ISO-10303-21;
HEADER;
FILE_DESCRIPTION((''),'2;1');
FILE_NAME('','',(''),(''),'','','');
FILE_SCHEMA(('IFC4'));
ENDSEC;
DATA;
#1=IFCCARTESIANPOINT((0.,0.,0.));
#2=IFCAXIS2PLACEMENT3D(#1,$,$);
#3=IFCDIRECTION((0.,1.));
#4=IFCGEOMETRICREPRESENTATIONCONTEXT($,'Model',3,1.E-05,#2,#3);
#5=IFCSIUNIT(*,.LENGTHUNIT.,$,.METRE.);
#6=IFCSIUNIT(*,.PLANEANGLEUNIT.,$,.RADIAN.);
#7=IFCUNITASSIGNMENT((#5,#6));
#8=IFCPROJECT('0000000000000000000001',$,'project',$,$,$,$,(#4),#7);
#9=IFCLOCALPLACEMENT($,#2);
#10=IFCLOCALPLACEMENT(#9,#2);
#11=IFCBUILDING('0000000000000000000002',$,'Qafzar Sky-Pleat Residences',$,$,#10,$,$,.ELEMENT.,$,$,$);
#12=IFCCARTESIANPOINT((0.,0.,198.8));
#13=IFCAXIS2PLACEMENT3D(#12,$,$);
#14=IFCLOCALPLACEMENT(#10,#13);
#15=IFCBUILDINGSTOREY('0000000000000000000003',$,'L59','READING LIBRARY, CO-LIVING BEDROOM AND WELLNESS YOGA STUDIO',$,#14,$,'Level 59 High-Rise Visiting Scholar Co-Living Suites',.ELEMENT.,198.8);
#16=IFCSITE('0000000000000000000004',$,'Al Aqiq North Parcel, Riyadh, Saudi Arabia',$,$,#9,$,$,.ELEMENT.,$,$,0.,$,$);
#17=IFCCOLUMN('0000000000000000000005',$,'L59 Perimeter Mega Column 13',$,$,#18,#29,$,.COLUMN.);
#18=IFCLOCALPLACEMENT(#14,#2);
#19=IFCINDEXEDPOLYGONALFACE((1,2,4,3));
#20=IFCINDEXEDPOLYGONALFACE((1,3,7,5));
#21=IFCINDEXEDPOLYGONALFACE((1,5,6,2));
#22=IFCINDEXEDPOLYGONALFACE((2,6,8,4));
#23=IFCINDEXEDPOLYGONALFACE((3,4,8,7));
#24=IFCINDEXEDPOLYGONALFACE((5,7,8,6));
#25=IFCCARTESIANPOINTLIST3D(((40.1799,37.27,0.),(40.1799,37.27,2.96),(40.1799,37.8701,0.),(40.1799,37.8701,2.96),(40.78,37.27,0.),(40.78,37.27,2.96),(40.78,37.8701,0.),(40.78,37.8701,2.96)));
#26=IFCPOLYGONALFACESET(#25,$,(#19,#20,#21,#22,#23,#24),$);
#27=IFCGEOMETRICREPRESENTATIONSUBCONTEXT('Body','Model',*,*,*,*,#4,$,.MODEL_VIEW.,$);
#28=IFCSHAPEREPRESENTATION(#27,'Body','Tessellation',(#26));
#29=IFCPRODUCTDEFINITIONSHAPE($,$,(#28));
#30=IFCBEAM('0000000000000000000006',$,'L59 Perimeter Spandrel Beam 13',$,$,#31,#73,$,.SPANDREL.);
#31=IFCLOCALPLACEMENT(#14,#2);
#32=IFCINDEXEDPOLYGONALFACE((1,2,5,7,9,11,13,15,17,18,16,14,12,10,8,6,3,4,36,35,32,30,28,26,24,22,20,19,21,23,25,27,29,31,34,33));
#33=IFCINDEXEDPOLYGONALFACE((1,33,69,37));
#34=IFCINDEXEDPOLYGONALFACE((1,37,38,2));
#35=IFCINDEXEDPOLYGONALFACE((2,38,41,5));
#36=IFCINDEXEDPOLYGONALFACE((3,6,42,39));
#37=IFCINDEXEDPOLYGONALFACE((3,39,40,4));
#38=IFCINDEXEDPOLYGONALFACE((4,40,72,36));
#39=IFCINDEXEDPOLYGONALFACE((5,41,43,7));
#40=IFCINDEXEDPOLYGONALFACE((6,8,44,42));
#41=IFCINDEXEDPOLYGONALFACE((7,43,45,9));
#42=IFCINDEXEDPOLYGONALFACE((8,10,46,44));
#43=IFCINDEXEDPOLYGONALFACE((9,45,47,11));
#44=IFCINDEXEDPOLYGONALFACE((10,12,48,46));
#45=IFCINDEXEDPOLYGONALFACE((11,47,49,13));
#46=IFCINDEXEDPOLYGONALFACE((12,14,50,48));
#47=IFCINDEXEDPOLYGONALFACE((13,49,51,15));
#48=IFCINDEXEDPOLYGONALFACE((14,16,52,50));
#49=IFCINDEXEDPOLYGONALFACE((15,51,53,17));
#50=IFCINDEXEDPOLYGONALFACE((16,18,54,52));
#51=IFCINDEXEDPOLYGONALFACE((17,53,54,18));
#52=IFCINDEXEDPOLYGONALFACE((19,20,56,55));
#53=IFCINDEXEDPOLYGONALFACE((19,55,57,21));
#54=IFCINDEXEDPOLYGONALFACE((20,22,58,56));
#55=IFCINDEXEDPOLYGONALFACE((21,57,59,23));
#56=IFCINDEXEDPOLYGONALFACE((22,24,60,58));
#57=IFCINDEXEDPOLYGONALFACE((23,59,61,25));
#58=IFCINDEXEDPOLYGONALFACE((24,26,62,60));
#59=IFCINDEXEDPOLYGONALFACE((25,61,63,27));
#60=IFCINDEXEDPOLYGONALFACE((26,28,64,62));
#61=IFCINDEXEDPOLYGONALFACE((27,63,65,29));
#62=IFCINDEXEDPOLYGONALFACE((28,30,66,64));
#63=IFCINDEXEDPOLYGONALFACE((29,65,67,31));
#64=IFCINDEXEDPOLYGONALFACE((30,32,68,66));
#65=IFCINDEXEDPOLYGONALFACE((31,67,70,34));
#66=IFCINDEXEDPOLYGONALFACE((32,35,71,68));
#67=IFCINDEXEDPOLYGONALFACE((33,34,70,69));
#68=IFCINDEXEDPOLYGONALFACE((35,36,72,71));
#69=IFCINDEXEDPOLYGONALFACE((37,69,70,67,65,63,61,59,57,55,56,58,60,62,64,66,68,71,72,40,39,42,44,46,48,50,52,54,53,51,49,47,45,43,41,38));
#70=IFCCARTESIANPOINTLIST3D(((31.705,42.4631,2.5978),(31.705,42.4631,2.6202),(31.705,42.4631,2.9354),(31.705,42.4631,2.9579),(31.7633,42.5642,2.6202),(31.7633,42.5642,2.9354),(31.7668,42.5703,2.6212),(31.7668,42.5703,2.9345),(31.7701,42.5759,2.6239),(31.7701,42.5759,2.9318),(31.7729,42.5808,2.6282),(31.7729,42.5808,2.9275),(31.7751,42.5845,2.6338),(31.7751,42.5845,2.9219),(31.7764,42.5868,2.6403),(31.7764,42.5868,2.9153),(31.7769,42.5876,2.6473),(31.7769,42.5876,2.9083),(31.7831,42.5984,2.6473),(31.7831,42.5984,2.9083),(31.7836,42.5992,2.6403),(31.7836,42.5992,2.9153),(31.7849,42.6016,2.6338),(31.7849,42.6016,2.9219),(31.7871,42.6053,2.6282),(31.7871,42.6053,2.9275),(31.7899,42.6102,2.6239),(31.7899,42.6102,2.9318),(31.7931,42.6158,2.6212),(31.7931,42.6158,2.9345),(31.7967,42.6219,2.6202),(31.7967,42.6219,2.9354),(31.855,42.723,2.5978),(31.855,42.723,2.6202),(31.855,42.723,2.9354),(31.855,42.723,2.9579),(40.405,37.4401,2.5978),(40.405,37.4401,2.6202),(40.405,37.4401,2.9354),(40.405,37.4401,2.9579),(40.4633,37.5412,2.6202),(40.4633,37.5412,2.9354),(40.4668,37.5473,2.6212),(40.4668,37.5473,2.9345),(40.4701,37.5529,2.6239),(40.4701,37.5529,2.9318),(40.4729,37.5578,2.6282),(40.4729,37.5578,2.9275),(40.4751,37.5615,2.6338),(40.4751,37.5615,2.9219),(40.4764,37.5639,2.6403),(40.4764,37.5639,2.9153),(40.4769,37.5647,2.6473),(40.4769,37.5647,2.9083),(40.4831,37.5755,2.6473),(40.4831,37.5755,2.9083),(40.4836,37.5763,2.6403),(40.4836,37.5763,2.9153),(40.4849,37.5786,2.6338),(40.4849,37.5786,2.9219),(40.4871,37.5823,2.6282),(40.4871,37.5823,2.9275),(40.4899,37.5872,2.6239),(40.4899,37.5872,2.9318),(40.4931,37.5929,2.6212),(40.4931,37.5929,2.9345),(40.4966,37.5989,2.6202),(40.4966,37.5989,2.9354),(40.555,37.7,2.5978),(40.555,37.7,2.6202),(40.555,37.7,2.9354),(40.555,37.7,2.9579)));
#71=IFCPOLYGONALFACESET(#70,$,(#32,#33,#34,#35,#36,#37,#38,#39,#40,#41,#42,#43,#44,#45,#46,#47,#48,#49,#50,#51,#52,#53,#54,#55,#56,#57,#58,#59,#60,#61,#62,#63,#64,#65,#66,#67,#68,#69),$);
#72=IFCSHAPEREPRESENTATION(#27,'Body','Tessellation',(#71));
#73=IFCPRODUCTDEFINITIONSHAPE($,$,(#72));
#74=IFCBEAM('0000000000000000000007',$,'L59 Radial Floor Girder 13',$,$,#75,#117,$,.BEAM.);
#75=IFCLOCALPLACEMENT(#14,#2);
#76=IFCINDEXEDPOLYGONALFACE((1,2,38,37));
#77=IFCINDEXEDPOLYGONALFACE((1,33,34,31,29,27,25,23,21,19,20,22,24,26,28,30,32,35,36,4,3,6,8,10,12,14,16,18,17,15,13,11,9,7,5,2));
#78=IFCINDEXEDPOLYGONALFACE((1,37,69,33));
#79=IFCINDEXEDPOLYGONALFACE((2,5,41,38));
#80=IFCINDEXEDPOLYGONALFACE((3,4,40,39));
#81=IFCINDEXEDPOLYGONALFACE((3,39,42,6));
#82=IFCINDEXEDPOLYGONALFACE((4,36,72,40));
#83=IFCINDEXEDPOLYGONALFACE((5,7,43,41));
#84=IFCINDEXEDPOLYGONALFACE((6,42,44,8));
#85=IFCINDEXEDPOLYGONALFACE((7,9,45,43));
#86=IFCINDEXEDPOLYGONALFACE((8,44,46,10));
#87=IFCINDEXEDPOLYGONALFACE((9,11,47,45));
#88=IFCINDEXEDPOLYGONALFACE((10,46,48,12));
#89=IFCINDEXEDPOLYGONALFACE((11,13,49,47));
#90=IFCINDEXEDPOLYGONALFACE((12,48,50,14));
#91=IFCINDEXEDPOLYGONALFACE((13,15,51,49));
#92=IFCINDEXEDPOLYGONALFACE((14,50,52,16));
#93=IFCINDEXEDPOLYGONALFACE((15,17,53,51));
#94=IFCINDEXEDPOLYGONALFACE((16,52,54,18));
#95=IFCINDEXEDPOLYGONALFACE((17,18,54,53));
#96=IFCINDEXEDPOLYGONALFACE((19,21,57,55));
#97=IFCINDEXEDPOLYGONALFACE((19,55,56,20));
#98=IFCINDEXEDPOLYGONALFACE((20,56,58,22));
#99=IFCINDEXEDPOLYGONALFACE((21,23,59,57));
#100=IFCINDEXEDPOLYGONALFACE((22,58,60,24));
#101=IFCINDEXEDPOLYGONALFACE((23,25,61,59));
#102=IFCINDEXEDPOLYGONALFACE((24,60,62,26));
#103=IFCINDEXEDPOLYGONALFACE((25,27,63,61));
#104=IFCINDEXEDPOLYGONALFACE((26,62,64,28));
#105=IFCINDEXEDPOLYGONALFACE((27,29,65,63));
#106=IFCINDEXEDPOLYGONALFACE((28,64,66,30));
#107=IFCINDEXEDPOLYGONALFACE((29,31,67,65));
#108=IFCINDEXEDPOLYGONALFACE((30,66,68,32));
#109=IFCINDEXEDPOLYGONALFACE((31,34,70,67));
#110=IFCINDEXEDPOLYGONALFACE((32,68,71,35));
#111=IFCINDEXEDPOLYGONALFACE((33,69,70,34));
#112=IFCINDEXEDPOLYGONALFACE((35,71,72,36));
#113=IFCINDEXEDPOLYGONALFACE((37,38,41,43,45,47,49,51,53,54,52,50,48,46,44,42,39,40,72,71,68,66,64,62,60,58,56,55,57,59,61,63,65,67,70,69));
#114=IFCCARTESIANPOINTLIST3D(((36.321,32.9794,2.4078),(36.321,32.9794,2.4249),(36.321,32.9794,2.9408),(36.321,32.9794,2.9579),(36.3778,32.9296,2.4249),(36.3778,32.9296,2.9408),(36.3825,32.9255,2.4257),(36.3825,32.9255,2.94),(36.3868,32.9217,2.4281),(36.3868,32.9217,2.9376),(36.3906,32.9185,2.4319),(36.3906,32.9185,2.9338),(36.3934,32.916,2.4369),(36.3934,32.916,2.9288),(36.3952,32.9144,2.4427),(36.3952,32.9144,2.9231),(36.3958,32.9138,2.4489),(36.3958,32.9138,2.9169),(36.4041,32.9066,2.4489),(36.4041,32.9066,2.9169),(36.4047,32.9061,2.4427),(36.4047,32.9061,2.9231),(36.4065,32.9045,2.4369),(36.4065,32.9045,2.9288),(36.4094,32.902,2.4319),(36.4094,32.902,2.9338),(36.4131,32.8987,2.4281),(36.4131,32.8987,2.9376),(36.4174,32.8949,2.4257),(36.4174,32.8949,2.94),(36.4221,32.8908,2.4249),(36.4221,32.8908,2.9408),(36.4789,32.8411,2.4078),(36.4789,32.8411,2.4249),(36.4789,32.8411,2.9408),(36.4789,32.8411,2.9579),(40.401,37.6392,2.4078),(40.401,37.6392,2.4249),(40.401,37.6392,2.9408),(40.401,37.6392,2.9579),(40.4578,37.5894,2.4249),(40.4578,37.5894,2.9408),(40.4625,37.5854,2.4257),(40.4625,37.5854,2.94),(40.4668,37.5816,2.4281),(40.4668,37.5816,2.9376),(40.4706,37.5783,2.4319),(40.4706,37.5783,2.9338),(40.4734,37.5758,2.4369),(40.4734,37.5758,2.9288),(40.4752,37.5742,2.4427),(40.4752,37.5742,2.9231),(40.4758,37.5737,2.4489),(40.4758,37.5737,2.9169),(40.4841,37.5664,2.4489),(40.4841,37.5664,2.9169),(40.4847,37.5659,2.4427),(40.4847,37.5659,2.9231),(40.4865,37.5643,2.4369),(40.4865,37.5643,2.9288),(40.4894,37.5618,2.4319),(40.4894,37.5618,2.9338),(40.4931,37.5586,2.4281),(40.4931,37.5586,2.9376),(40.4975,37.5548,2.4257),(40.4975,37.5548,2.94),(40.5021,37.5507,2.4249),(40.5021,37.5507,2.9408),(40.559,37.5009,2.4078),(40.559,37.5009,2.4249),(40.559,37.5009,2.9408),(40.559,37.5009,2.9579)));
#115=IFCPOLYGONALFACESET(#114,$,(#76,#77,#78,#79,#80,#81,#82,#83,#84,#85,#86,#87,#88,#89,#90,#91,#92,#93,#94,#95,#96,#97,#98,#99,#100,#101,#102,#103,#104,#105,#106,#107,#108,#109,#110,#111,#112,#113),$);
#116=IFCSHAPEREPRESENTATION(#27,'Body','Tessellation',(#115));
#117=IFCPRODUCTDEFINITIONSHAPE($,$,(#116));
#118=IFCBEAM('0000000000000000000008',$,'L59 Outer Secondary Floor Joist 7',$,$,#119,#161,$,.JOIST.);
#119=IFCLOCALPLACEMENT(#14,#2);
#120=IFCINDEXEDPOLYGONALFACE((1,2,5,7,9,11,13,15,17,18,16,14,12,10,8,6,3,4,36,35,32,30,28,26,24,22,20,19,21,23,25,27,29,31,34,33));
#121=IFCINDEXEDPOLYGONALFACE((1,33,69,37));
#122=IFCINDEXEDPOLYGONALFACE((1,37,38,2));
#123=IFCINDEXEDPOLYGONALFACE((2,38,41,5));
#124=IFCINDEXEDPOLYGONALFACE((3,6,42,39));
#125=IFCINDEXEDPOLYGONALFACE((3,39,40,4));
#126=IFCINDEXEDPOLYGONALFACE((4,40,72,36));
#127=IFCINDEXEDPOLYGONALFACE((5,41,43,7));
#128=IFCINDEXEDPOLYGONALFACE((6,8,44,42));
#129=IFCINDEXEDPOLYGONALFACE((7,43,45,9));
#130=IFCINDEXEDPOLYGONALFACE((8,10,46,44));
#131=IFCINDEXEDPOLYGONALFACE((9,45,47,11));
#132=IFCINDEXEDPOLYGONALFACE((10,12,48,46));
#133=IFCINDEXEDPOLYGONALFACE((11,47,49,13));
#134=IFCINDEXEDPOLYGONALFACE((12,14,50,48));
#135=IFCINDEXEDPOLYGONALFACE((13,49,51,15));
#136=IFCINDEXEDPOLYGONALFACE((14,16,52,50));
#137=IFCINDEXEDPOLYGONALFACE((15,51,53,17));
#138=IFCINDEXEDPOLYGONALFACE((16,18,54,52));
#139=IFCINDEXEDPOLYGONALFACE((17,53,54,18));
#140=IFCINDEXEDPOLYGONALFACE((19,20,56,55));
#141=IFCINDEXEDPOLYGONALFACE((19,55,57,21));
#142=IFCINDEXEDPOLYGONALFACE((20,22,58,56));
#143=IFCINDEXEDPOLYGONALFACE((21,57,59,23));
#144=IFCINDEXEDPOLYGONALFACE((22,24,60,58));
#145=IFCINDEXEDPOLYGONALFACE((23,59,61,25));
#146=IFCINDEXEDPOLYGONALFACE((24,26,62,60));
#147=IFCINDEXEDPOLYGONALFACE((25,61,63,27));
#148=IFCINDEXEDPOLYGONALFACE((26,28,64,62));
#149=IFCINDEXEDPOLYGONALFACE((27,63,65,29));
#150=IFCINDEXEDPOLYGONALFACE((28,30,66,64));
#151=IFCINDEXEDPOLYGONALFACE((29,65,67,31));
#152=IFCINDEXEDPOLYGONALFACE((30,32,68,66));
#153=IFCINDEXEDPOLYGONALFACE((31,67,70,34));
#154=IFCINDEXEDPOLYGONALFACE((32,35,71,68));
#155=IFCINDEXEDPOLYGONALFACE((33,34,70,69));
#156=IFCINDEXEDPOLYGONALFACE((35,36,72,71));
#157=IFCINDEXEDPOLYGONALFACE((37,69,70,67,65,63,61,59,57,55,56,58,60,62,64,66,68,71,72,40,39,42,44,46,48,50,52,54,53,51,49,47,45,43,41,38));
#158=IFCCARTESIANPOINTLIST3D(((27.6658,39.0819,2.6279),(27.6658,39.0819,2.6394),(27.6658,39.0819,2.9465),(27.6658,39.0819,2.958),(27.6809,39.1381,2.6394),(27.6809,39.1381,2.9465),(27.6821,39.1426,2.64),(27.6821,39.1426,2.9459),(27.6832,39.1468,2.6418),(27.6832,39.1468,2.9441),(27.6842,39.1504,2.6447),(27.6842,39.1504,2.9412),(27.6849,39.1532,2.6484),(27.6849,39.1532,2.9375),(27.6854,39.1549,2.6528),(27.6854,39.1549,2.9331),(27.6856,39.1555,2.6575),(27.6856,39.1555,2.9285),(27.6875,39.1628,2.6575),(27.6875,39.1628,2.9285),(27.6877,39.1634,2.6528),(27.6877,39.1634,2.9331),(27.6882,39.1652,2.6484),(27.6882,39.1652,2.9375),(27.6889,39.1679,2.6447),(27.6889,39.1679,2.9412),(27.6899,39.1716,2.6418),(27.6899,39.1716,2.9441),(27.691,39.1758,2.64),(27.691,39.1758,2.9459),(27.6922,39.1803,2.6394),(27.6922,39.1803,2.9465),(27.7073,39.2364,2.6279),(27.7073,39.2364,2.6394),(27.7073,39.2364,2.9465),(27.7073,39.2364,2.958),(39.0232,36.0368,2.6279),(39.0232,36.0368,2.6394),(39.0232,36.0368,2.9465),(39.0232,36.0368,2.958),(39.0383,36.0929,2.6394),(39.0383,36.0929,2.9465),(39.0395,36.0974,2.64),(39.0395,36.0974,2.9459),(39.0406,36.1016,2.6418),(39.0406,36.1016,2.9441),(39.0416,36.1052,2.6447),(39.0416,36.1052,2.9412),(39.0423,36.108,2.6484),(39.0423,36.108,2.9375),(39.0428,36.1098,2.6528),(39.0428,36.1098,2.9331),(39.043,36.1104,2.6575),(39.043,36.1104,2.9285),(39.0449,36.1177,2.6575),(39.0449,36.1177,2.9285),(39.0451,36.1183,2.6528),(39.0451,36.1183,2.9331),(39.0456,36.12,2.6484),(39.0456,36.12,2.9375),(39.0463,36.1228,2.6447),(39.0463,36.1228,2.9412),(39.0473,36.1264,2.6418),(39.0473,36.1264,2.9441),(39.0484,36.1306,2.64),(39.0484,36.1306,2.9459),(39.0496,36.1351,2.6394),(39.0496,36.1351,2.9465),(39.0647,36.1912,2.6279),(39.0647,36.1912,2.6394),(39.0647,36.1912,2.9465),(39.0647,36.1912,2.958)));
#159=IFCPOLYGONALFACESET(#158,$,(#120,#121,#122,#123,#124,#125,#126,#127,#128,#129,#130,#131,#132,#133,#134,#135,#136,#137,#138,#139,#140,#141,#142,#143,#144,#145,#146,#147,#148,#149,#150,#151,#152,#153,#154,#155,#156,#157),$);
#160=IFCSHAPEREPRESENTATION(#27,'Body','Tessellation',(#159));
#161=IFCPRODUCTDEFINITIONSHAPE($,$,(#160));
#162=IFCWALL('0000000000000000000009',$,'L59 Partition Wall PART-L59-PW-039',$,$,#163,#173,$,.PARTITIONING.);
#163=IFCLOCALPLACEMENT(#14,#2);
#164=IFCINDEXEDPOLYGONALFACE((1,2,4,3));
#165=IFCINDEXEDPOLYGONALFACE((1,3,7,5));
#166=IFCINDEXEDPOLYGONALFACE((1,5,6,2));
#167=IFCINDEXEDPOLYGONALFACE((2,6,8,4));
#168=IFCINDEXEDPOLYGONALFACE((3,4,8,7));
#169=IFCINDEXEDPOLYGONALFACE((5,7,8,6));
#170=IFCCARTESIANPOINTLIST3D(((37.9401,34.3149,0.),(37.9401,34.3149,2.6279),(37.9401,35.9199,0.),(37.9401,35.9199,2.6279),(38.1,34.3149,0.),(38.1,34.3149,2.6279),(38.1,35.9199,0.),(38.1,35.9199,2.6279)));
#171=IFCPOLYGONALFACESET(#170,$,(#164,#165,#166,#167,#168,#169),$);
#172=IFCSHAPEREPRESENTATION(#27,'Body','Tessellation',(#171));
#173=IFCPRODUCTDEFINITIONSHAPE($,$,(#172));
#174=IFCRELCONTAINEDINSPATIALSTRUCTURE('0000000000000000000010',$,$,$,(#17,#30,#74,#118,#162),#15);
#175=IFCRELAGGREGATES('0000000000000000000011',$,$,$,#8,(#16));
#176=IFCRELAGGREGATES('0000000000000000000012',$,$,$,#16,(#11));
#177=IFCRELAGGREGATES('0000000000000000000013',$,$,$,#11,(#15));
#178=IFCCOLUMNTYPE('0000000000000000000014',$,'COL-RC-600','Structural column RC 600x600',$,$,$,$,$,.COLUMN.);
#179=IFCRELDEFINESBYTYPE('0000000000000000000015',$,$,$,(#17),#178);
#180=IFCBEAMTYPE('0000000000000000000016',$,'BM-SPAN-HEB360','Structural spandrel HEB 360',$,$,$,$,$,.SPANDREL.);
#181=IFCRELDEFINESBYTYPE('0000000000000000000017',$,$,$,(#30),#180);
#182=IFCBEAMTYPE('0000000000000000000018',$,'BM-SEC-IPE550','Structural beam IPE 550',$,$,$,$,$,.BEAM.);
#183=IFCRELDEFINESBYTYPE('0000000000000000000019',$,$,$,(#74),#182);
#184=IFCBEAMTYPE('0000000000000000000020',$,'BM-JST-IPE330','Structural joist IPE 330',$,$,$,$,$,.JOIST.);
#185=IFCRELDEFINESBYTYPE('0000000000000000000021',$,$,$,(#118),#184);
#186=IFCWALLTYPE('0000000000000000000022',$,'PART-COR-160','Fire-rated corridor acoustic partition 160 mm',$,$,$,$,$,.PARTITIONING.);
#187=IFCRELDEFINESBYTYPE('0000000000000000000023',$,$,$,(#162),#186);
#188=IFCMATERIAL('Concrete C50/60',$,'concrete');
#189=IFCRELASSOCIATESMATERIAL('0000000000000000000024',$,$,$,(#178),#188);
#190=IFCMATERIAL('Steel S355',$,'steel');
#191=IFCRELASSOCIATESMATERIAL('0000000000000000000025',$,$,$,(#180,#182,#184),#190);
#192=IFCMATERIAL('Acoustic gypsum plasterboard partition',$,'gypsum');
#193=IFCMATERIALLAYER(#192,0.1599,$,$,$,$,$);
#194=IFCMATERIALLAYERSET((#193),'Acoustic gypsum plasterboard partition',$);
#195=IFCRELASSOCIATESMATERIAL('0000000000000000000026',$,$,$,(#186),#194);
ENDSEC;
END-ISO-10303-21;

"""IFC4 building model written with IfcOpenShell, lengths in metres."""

from ifc_helpers import new_model, si_unit, direction, frame, frame_2d, origin, origin_2d, place, context, subcontext, project, spatial, rectangle, i_section, extrude, source, transform, mapped, material, layer, layer_set, material_profile, profile_set, type_object, element, save


model = new_model("IFC4")

# Units and contexts
model_context = context("Model", 3, precision=1e-05, world=origin(), true_north=direction((0.0, 1.0)))
body_context = subcontext(model_context, "Body", "Model", "MODEL_VIEW")
ifc_project = project(units=[si_unit("LENGTHUNIT", "METRE"), si_unit("PLANEANGLEUNIT", "RADIAN")], contexts=[model_context])

# Site, building, storey
site_placement = place(None, origin())
site = spatial("IfcSite", under=ifc_project, at=site_placement, Name="Al Aqiq North Parcel, Riyadh, Saudi Arabia", CompositionType="ELEMENT", RefElevation=0.0)
building_placement = place(site_placement, origin())
building = spatial("IfcBuilding", under=site, at=building_placement, Name="Qafzar Sky-Pleat Residences", CompositionType="ELEMENT")
storey_placement = place(building_placement, frame((0.0, 0.0, 198.8)))
storey = spatial("IfcBuildingStorey", under=building, at=storey_placement, Name="L59", Description="READING LIBRARY, CO-LIVING BEDROOM AND WELLNESS YOGA STUDIO", LongName="Level 59 High-Rise Visiting Scholar Co-Living Suites", CompositionType="ELEMENT", Elevation=198.8)

# Column
ifc_material_1 = material(Name="Concrete C50/60", Category="concrete")
ifc_material_profile_1 = material_profile(ifc_material_1, rectangle(XDim=0.6001, YDim=0.6001, at=origin_2d()), Name="RC 600x600")
ifc_profile_set_1 = profile_set([ifc_material_profile_1], Name="Concrete C50/60")
column_type = type_object("IfcColumnType", Name="COL-RC-600", Description="Structural column RC 600x600", PredefinedType="COLUMN", material=ifc_profile_set_1)
shared_shape_1 = source(origin(), body_context, "Body", "SweptSolid", [
    extrude(rectangle(XDim=0.6001, YDim=0.6001, at=origin_2d()), origin(), (0.0, 0.0, 1.0), 2.96),
])
column_placement = place(storey_placement, frame((40.48, 37.5701, 0.0), z_axis=(0.0, 0.0, 1.0), x_axis=(1.0, 0.0, 0.0)))
element("IfcColumn", 1, at=column_placement, inside=storey, type_object=column_type, Name="L59 Perimeter Mega Column 13", PredefinedType="COLUMN", context=body_context, shape_type="MappedRepresentation", body=[
    mapped(shared_shape_1, transform((0.0, 0.0, 0.0), x_axis=(1.0, 0.0, 0.0), y_axis=(0.0, 1.0, 0.0), z_axis=(0.0, 0.0, 1.0), scale=1.0)),
])

# Beams
ifc_material_2 = material(Name="Steel S355", Category="steel")
ifc_material_profile_2 = material_profile(ifc_material_2, i_section(OverallWidth=0.3, OverallDepth=0.3601, WebThickness=0.0125, FlangeThickness=0.0225, FilletRadius=0.0271, at=origin_2d()), Name="HEB 360")
ifc_profile_set_2 = profile_set([ifc_material_profile_2], Name="Steel S355")
beam_type_1 = type_object("IfcBeamType", Name="BM-SPAN-HEB360", Description="Structural spandrel HEB 360", PredefinedType="SPANDREL", material=ifc_profile_set_2)
shared_shape_2 = source(origin(), body_context, "Body", "SweptSolid", [
    extrude(i_section(OverallWidth=0.3, OverallDepth=0.3601, WebThickness=0.0125, FlangeThickness=0.0225, FilletRadius=0.0271, at=origin_2d()), origin(), (0.0, 0.0, 1.0), 10.0459),
])
beam_1_placement = place(storey_placement, frame((40.48, 37.5701, 2.7778), z_axis=(-0.866024, 0.500002, 0.0), x_axis=(-0.500002, -0.866024, 0.0)))
element("IfcBeam", 2, at=beam_1_placement, inside=storey, type_object=beam_type_1, Name="L59 Perimeter Spandrel Beam 13", PredefinedType="SPANDREL", context=body_context, shape_type="MappedRepresentation", body=[
    mapped(shared_shape_2, transform((0.0, 0.0, 0.0), x_axis=(1.0, 0.0, 0.0), y_axis=(0.0, 1.0, 0.0), z_axis=(0.0, 0.0, 1.0), scale=1.0)),
])
ifc_material_profile_3 = material_profile(ifc_material_2, i_section(OverallWidth=0.21, OverallDepth=0.55, WebThickness=0.011, FlangeThickness=0.0171, FilletRadius=0.0239, at=origin_2d()), Name="IPE 550")
ifc_profile_set_3 = profile_set([ifc_material_profile_3], Name="Steel S355")
beam_type_2 = type_object("IfcBeamType", Name="BM-SEC-IPE550", Description="Structural beam IPE 550", PredefinedType="BEAM", material=ifc_profile_set_3)
shared_shape_3 = source(origin(), body_context, "Body", "SweptSolid", [
    extrude(i_section(OverallWidth=0.21, OverallDepth=0.55, WebThickness=0.011, FlangeThickness=0.0171, FilletRadius=0.0239, at=origin_2d()), origin(), (0.0, 0.0, 1.0), 6.1936),
])
beam_2_placement = place(storey_placement, frame((40.48, 37.5701, 2.6829), z_axis=(-0.658747, -0.752364, 0.0), x_axis=(0.752364, -0.658747, 0.0)))
element("IfcBeam", 3, at=beam_2_placement, inside=storey, type_object=beam_type_2, Name="L59 Radial Floor Girder 13", PredefinedType="BEAM", context=body_context, shape_type="MappedRepresentation", body=[
    mapped(shared_shape_3, transform((0.0, 0.0, 0.0), x_axis=(1.0, 0.0, 0.0), y_axis=(0.0, 1.0, 0.0), z_axis=(0.0, 0.0, 1.0), scale=1.0)),
])
ifc_material_profile_4 = material_profile(ifc_material_2, i_section(OverallWidth=0.1599, OverallDepth=0.3301, WebThickness=0.0076, FlangeThickness=0.0115, FilletRadius=0.0181, at=origin_2d()), Name="IPE 330")
ifc_profile_set_4 = profile_set([ifc_material_profile_4], Name="Steel S355")
beam_type_3 = type_object("IfcBeamType", Name="BM-JST-IPE330", Description="Structural joist IPE 330", PredefinedType="JOIST", material=ifc_profile_set_4)
shared_shape_4 = source(origin(), body_context, "Body", "SweptSolid", [
    extrude(i_section(OverallWidth=0.1599, OverallDepth=0.3301, WebThickness=0.0076, FlangeThickness=0.0115, FilletRadius=0.0181, at=origin_2d()), origin(), (0.0, 0.0, 1.0), 11.7585),
])
beam_3_placement = place(storey_placement, frame((39.0439, 36.114, 2.793), z_axis=(-0.965884, 0.258974, 0.0), x_axis=(-0.258974, -0.965884, 0.0)))
element("IfcBeam", 4, at=beam_3_placement, inside=storey, type_object=beam_type_3, Name="L59 Outer Secondary Floor Joist 7", PredefinedType="JOIST", context=body_context, shape_type="MappedRepresentation", body=[
    mapped(shared_shape_4, transform((0.0, 0.0, 0.0), x_axis=(1.0, 0.0, 0.0), y_axis=(0.0, 1.0, 0.0), z_axis=(0.0, 0.0, 1.0), scale=1.0)),
])

# Wall
ifc_material_3 = material(Name="Acoustic gypsum plasterboard partition", Category="gypsum")
ifc_layer_1 = layer(ifc_material_3, 0.1599)
ifc_layer_set_1 = layer_set([ifc_layer_1], Name="Acoustic gypsum plasterboard partition")
wall_type_1 = type_object("IfcWallType", Name="PART-COR-160", Description="Fire-rated corridor acoustic partition 160 mm", PredefinedType="PARTITIONING", material=ifc_layer_set_1)
wall_1_placement = place(storey_placement, frame((38.02, 34.3149, 0.0), z_axis=(0.0, 0.0, 1.0), x_axis=(0.0, 1.0, 0.0)))
element("IfcWall", 5, at=wall_1_placement, inside=storey, type_object=wall_type_1, Name="L59 Partition Wall PART-L59-PW-039", PredefinedType="PARTITIONING", context=body_context, shape_type="SweptSolid", body=[
    extrude(rectangle(XDim=1.605, YDim=0.1599, at=frame_2d((0.8025, 0.0))), origin(), (0.0, 0.0, 1.0), 2.6279),
])

save(model, "model.ifc")
